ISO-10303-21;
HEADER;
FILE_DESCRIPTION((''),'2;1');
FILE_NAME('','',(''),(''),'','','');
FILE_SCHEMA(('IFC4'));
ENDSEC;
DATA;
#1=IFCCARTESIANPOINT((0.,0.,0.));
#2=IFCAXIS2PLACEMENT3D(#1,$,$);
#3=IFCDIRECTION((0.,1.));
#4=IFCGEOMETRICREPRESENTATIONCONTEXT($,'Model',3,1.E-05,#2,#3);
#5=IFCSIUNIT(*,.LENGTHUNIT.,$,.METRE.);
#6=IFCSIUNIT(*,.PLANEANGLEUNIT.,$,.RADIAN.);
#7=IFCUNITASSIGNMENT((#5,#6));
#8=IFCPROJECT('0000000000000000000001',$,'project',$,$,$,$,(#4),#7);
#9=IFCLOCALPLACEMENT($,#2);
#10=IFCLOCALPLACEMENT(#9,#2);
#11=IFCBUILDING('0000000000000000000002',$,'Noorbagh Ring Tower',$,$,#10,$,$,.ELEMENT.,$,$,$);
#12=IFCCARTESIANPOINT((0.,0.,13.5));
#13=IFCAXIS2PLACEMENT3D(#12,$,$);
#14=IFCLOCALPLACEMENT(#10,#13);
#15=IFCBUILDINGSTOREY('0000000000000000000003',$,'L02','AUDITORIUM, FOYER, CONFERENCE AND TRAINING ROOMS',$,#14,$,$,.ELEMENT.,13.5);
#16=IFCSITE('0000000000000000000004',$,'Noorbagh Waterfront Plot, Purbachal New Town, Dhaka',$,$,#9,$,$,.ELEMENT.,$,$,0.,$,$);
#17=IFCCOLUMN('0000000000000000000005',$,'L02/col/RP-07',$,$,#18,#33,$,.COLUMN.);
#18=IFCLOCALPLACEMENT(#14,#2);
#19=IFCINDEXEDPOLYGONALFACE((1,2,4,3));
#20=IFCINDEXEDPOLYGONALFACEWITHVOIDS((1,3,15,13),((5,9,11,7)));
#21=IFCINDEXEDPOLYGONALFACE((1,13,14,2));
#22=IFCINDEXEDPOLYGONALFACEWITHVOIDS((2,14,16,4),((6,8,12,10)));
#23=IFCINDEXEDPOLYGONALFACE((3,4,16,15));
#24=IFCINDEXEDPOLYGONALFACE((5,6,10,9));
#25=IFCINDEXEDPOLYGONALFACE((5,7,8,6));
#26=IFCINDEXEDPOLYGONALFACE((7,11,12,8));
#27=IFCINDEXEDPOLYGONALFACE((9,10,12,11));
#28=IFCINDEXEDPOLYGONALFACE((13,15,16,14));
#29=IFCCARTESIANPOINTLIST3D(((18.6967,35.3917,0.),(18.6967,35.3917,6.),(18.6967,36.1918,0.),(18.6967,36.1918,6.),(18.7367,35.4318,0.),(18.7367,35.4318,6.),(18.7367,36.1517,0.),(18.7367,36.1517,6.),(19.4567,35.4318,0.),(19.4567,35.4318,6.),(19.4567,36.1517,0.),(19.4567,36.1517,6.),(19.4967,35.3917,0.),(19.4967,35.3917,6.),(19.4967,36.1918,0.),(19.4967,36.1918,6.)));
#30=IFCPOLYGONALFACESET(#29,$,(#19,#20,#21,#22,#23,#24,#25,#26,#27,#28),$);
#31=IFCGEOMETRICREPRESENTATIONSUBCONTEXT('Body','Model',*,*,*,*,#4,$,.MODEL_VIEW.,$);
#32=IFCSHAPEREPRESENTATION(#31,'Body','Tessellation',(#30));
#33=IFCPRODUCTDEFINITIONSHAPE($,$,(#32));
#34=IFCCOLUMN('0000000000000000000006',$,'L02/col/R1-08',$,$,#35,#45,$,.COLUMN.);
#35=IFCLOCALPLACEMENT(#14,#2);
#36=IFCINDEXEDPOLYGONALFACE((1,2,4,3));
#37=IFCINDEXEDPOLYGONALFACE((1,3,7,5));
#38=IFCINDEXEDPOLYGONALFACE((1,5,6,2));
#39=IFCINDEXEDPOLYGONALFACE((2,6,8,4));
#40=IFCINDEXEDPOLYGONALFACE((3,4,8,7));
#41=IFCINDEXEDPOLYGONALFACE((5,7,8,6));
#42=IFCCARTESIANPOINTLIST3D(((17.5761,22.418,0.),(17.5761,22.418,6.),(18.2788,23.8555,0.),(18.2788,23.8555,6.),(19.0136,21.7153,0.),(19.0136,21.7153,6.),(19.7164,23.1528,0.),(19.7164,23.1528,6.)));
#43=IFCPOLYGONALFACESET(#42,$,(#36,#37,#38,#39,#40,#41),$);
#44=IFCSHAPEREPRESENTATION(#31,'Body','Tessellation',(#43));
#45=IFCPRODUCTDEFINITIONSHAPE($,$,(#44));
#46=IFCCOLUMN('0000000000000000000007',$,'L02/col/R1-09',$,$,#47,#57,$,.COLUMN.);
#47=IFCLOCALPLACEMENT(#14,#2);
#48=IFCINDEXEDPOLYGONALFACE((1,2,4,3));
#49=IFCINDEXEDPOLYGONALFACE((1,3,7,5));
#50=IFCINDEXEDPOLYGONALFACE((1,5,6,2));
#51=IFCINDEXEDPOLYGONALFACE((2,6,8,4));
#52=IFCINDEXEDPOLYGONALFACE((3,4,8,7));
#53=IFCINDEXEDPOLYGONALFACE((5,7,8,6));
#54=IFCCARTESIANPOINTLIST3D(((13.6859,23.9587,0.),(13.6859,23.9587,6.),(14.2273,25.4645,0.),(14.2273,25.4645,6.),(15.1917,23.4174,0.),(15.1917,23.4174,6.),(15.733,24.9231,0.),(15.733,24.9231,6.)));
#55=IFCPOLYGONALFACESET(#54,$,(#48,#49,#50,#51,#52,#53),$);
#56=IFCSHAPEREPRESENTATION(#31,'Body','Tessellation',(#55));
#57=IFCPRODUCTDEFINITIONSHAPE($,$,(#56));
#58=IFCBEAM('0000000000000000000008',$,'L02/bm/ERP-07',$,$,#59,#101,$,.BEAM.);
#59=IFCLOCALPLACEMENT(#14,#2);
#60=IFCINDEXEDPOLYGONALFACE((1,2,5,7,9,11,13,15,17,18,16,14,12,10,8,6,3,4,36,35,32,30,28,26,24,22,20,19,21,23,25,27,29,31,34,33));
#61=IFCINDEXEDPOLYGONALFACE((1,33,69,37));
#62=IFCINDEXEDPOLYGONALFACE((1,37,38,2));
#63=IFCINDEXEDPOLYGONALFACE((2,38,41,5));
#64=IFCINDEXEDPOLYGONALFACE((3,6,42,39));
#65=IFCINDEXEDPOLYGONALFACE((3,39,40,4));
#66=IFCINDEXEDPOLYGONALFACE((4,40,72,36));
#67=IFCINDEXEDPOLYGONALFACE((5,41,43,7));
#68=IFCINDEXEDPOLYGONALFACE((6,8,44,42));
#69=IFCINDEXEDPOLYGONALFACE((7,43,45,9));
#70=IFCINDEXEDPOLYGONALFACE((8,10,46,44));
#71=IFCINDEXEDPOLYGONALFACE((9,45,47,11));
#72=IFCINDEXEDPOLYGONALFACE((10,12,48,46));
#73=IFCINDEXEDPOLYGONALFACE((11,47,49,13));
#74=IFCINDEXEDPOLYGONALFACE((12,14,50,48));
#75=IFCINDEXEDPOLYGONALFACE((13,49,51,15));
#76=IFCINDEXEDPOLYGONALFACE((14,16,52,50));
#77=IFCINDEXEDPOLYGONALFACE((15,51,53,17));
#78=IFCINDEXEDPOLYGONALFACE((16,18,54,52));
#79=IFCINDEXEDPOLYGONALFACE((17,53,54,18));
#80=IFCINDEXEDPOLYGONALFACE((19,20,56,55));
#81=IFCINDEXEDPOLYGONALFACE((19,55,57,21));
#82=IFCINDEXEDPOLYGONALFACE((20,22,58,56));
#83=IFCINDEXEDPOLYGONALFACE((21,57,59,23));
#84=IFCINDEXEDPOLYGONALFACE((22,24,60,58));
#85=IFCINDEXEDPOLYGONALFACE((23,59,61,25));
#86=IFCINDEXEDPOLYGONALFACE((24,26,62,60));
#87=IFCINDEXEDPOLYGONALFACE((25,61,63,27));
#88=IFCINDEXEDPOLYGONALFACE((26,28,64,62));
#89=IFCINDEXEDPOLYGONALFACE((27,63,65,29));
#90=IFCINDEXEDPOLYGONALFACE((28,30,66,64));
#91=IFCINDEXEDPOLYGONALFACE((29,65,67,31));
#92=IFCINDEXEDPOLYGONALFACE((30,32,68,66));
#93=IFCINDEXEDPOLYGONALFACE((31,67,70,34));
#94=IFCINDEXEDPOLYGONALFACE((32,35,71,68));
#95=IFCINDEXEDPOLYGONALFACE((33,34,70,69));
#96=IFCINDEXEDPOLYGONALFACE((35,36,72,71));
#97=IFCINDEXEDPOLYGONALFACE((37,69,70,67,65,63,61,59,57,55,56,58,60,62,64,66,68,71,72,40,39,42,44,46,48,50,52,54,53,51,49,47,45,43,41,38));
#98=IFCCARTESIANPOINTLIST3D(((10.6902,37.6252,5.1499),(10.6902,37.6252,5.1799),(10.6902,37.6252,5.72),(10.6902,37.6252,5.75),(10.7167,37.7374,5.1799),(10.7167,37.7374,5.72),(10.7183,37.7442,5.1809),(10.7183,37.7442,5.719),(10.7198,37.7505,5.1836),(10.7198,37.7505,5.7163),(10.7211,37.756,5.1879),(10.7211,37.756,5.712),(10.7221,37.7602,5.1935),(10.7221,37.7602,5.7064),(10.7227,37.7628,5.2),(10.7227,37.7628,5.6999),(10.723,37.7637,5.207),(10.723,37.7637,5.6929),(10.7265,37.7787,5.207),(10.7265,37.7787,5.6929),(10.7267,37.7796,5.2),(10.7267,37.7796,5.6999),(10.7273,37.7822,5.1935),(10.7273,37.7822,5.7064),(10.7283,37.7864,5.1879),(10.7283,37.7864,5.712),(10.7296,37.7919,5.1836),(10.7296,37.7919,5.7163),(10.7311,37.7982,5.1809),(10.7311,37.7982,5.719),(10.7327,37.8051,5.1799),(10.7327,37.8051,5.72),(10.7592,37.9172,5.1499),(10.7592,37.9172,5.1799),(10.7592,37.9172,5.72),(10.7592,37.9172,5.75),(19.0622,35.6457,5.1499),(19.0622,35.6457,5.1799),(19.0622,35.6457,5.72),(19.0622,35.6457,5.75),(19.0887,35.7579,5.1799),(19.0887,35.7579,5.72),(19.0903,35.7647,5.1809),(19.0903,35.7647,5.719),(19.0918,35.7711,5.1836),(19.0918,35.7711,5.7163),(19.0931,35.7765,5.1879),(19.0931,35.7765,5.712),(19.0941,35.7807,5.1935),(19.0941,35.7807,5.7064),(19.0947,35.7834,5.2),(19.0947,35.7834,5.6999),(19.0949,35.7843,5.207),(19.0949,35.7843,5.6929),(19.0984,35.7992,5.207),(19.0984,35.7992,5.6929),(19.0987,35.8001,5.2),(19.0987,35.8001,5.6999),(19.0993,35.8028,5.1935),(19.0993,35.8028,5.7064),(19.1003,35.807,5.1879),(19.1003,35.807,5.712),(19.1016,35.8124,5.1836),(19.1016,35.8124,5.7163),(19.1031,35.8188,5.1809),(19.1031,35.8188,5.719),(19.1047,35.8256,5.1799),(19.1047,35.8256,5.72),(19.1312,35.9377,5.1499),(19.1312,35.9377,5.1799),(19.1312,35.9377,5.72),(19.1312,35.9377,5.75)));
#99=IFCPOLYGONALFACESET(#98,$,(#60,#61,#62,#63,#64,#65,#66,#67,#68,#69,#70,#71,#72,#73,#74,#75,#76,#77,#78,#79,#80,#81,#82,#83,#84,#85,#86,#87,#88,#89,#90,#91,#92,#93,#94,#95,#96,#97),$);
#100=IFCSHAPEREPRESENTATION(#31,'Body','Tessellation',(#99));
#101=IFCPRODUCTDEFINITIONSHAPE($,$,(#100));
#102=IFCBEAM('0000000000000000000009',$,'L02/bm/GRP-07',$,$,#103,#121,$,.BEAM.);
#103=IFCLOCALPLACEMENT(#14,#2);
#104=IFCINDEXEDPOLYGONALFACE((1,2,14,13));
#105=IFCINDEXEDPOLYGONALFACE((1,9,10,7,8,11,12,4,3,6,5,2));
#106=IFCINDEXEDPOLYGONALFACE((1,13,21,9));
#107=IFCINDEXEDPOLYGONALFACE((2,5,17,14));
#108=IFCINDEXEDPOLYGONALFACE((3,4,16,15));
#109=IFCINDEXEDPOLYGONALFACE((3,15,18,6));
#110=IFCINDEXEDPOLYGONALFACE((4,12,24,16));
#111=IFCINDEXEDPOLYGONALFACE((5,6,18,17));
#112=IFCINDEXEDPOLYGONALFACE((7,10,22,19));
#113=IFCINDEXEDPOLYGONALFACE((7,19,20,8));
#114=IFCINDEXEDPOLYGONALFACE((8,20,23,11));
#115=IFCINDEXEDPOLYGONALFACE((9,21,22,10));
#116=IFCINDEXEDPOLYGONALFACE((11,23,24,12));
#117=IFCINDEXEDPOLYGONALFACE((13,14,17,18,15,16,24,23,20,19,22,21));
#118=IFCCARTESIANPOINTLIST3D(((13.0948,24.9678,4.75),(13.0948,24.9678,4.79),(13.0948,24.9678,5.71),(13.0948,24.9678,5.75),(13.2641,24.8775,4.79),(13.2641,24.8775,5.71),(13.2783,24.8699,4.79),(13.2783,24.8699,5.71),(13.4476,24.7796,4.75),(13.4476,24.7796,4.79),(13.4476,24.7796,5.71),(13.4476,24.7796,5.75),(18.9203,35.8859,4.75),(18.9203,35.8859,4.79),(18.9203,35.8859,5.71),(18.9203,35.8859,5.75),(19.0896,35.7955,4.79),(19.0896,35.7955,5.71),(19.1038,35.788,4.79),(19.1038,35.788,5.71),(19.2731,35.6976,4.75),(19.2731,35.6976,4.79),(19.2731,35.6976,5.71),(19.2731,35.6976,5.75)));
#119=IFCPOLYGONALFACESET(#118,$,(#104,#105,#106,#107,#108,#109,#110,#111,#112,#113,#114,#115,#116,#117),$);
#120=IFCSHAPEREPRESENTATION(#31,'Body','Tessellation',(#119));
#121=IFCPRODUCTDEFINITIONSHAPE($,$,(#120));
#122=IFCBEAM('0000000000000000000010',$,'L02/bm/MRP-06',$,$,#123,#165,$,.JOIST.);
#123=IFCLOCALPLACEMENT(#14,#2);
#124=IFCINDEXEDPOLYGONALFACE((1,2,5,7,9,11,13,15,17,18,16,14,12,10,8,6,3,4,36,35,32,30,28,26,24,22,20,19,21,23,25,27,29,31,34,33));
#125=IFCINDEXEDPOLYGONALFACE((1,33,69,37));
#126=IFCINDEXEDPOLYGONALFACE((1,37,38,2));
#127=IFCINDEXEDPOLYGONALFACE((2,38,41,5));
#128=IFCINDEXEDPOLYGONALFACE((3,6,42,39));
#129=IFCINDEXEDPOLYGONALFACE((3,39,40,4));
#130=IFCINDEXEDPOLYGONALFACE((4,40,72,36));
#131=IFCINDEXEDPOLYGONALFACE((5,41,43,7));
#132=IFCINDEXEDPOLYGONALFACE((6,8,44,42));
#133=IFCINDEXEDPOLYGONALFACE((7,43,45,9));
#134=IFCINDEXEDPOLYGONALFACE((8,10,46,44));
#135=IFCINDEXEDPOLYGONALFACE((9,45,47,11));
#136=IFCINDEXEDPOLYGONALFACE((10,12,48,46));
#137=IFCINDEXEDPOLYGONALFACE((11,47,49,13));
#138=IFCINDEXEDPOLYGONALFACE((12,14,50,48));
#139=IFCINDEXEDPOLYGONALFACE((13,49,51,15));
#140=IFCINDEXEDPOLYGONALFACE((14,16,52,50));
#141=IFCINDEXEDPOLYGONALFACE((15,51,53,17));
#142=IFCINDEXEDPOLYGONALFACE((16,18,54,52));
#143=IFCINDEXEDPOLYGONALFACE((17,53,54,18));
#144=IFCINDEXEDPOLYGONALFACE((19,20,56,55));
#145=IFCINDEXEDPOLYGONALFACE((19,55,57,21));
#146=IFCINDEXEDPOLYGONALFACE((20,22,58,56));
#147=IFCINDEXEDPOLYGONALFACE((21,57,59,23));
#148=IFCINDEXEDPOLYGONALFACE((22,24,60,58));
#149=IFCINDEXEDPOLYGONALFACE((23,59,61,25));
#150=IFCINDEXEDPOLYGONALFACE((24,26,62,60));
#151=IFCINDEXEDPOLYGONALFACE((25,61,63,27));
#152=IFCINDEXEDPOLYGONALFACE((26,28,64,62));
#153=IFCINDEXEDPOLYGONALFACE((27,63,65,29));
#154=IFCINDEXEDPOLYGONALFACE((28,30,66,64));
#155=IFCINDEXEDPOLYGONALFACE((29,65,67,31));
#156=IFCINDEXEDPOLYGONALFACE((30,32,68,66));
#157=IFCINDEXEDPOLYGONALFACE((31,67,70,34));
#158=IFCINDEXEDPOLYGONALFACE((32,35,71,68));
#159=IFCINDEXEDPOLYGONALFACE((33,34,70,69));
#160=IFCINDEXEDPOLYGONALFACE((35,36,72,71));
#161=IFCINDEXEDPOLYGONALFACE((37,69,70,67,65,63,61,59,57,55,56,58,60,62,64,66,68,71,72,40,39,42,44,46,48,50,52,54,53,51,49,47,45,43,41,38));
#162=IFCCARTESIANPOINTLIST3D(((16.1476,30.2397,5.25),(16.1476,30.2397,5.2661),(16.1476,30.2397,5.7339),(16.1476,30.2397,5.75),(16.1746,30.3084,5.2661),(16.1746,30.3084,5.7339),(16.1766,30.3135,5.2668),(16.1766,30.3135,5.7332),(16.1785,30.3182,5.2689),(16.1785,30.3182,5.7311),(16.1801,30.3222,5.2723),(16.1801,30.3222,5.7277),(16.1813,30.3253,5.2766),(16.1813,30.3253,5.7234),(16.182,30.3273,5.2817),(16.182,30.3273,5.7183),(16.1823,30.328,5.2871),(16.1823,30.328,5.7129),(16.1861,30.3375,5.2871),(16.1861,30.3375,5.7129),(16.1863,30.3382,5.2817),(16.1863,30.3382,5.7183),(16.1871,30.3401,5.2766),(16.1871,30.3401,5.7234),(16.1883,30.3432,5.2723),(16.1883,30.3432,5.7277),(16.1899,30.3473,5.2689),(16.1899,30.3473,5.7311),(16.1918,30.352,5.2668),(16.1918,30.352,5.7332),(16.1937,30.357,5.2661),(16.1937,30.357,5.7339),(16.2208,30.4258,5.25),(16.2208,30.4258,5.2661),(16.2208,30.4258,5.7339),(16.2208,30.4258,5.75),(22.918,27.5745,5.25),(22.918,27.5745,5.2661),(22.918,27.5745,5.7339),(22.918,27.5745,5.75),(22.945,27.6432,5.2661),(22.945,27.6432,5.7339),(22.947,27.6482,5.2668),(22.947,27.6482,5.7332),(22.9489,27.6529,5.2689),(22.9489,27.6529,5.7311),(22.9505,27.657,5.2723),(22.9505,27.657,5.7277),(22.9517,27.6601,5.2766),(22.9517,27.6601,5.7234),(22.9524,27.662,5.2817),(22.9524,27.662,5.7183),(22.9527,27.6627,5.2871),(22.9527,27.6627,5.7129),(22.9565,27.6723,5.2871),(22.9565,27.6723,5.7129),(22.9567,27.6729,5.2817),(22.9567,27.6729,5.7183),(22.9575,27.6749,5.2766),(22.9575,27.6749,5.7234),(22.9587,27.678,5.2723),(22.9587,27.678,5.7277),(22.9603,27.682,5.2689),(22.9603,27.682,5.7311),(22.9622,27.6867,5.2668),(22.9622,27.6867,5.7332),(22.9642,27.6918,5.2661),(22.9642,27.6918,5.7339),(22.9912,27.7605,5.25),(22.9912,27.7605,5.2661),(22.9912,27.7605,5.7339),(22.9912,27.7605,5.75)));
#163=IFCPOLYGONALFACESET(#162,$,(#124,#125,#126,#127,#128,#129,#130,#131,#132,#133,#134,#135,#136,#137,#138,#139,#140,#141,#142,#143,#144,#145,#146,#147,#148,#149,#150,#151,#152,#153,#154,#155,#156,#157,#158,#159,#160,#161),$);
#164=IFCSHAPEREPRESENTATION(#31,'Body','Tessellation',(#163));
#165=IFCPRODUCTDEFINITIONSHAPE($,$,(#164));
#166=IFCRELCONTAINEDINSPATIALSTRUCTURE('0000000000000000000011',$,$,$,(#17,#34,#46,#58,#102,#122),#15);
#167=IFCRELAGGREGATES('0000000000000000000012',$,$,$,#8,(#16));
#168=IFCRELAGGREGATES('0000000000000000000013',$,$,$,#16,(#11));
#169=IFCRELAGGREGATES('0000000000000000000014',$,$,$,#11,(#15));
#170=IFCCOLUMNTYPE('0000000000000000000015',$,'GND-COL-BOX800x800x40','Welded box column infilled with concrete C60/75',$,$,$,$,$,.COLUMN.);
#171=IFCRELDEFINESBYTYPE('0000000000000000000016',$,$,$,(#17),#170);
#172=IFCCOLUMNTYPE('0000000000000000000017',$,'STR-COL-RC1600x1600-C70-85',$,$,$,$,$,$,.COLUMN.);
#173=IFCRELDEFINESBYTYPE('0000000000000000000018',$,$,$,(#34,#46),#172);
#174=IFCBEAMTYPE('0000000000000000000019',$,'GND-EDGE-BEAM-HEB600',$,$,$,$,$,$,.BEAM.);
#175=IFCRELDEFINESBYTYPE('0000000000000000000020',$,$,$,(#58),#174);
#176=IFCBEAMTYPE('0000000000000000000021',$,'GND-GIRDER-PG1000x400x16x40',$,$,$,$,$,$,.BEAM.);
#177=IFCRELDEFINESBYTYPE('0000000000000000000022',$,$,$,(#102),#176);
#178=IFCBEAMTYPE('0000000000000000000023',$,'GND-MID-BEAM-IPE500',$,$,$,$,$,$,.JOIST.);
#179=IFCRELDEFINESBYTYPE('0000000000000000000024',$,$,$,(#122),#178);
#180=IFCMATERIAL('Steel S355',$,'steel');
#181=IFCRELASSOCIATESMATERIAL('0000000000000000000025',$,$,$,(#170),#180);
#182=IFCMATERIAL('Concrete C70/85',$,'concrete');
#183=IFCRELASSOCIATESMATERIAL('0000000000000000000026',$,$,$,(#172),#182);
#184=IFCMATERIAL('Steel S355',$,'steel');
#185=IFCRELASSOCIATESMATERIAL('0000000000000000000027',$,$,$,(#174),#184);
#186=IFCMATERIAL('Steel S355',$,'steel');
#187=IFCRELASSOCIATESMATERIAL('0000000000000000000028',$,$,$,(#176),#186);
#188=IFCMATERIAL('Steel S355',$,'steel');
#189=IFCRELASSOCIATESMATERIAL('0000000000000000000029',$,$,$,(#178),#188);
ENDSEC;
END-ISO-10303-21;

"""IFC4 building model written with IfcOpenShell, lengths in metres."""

from ifc_helpers import new_model, si_unit, direction, frame, origin, origin_2d, place, context, subcontext, project, spatial, rectangle, hollow_rectangle, i_section, extrude, material, material_profile, profile_set, type_object, element, save


model = new_model("IFC4")

# Units and contexts
model_context = context("Model", 3, precision=1e-05, world=origin(), true_north=direction((0.0, 1.0)))
body_context = subcontext(model_context, "Body", "Model", "MODEL_VIEW")
ifc_project = project(units=[si_unit("LENGTHUNIT", "METRE"), si_unit("PLANEANGLEUNIT", "RADIAN")], contexts=[model_context])

# Site, building, storey
site_placement = place(None, origin())
site = spatial("IfcSite", under=ifc_project, at=site_placement, Name="Noorbagh Waterfront Plot, Purbachal New Town, Dhaka", CompositionType="ELEMENT", RefElevation=0.0)
building_placement = place(site_placement, origin())
building = spatial("IfcBuilding", under=site, at=building_placement, Name="Noorbagh Ring Tower", CompositionType="ELEMENT")
storey_placement = place(building_placement, frame((0.0, 0.0, 13.5)))
storey = spatial("IfcBuildingStorey", under=building, at=storey_placement, Name="L02", Description="AUDITORIUM, FOYER, CONFERENCE AND TRAINING ROOMS", CompositionType="ELEMENT", Elevation=13.5)

# Columns
ifc_material_1 = material(Name="Steel S355", Category="steel")
ifc_material_profile_1 = material_profile(ifc_material_1, hollow_rectangle(XDim=0.8, YDim=0.8, WallThickness=0.04, at=origin_2d()), Name="BOX800x800x40")
ifc_profile_set_1 = profile_set([ifc_material_profile_1], Name="Steel S355")
column_type_1 = type_object("IfcColumnType", Name="GND-COL-BOX800x800x40", Description="Welded box column infilled with concrete C60/75", PredefinedType="COLUMN", material=ifc_profile_set_1)
column_placement = place(storey_placement, frame((19.0967, 35.7917, 0.0), z_axis=(0.0, 0.0, 1.0), x_axis=(1.0, 0.0, 0.0)))
element("IfcColumn", 1, at=column_placement, inside=storey, type_object=column_type_1, Name="L02/col/RP-07", PredefinedType="COLUMN", context=body_context, shape_type="SweptSolid", body=[
    extrude(hollow_rectangle(XDim=0.8, YDim=0.8, WallThickness=0.04, at=origin_2d()), origin(), (0.0, 0.0, 1.0), 6.0),
])
ifc_material_2 = material(Name="Concrete C70/85", Category="concrete")
ifc_material_profile_2 = material_profile(ifc_material_2, rectangle(XDim=1.6001, YDim=1.6001, at=origin_2d()), Name="RC1600x1600")
ifc_profile_set_2 = profile_set([ifc_material_profile_2], Name="Concrete C70/85")
column_type_2 = type_object("IfcColumnType", Name="STR-COL-RC1600x1600-C70-85", PredefinedType="COLUMN", material=ifc_profile_set_2)
for number, where, z_axis, x_axis, name in (
    (2, (18.6462, 22.7854, 0.0), (0.0, 0.0, 1.0), (-0.898399, 0.43918, 0.0), "L02/col/R1-08"),
    (3, (14.7095, 24.4409, 0.0), (0.0, 0.0, 1.0), (-0.941025, 0.338338, 0.0), "L02/col/R1-09"),
):
    element("IfcColumn", number, at=place(storey_placement, frame(where, z_axis=z_axis, x_axis=x_axis)), inside=storey, type_object=column_type_2, Name=name, PredefinedType="COLUMN", context=body_context, shape_type="SweptSolid", body=[
        extrude(rectangle(XDim=1.6001, YDim=1.6001, at=origin_2d()), origin(), (0.0, 0.0, 1.0), 6.0),
    ])

# Beams
ifc_material_3 = material(Name="Steel S355", Category="steel")
ifc_material_profile_3 = material_profile(ifc_material_3, i_section(OverallWidth=0.3, OverallDepth=0.6001, WebThickness=0.0154, FlangeThickness=0.03, FilletRadius=0.0271, at=origin_2d()), Name="HEB600")
ifc_profile_set_3 = profile_set([ifc_material_profile_3], Name="Steel S355")
beam_type_1 = type_object("IfcBeamType", Name="GND-EDGE-BEAM-HEB600", PredefinedType="BEAM", material=ifc_profile_set_3)
beam_1_placement = place(storey_placement, frame((19.0967, 35.7917, 5.45), z_axis=(-0.973168, 0.230096, 0.0), x_axis=(-0.230096, -0.973168, 0.0)))
element("IfcBeam", 4, at=beam_1_placement, inside=storey, type_object=beam_type_1, Name="L02/bm/ERP-07", PredefinedType="BEAM", context=body_context, shape_type="SweptSolid", body=[
    extrude(i_section(OverallWidth=0.3, OverallDepth=0.6001, WebThickness=0.0154, FlangeThickness=0.03, FilletRadius=0.0271, at=origin_2d()), origin(), (0.0, 0.0, 1.0), 8.6028),
])
ifc_material_4 = material(Name="Steel S355", Category="steel")
ifc_material_profile_4 = material_profile(ifc_material_4, i_section(OverallWidth=0.3999, OverallDepth=1.0, WebThickness=0.0161, FlangeThickness=0.04, at=origin_2d()), Name="PG1000x400x16x40")
ifc_profile_set_4 = profile_set([ifc_material_profile_4], Name="Steel S355")
beam_type_2 = type_object("IfcBeamType", Name="GND-GIRDER-PG1000x400x16x40", PredefinedType="BEAM", material=ifc_profile_set_4)
beam_2_placement = place(storey_placement, frame((19.0967, 35.7917, 5.25), z_axis=(-0.470747, -0.882268, 0.0), x_axis=(0.882268, -0.470747, 0.0)))
element("IfcBeam", 5, at=beam_2_placement, inside=storey, type_object=beam_type_2, Name="L02/bm/GRP-07", PredefinedType="BEAM", context=body_context, shape_type="SweptSolid", body=[
    extrude(i_section(OverallWidth=0.3999, OverallDepth=1.0, WebThickness=0.0161, FlangeThickness=0.04, at=origin_2d()), origin(), (0.0, 0.0, 1.0), 12.375),
])
ifc_material_5 = material(Name="Steel S355", Category="steel")
ifc_material_profile_5 = material_profile(ifc_material_5, i_section(OverallWidth=0.2, OverallDepth=0.5, WebThickness=0.0103, FlangeThickness=0.0161, FilletRadius=0.021, at=origin_2d()), Name="IPE500")
ifc_profile_set_5 = profile_set([ifc_material_profile_5], Name="Steel S355")
beam_type_3 = type_object("IfcBeamType", Name="GND-MID-BEAM-IPE500", PredefinedType="JOIST", material=ifc_profile_set_5)
beam_3_placement = place(storey_placement, frame((22.9546, 27.6675, 5.5), z_axis=(-0.930497, 0.3663, 0.0), x_axis=(-0.3663, -0.930497, 0.0)))
element("IfcBeam", 6, at=beam_3_placement, inside=storey, type_object=beam_type_3, Name="L02/bm/MRP-06", PredefinedType="JOIST", context=body_context, shape_type="SweptSolid", body=[
    extrude(i_section(OverallWidth=0.2, OverallDepth=0.5, WebThickness=0.0103, FlangeThickness=0.0161, FilletRadius=0.021, at=origin_2d()), origin(), (0.0, 0.0, 1.0), 7.2761),
])

save(model, "model.ifc")
